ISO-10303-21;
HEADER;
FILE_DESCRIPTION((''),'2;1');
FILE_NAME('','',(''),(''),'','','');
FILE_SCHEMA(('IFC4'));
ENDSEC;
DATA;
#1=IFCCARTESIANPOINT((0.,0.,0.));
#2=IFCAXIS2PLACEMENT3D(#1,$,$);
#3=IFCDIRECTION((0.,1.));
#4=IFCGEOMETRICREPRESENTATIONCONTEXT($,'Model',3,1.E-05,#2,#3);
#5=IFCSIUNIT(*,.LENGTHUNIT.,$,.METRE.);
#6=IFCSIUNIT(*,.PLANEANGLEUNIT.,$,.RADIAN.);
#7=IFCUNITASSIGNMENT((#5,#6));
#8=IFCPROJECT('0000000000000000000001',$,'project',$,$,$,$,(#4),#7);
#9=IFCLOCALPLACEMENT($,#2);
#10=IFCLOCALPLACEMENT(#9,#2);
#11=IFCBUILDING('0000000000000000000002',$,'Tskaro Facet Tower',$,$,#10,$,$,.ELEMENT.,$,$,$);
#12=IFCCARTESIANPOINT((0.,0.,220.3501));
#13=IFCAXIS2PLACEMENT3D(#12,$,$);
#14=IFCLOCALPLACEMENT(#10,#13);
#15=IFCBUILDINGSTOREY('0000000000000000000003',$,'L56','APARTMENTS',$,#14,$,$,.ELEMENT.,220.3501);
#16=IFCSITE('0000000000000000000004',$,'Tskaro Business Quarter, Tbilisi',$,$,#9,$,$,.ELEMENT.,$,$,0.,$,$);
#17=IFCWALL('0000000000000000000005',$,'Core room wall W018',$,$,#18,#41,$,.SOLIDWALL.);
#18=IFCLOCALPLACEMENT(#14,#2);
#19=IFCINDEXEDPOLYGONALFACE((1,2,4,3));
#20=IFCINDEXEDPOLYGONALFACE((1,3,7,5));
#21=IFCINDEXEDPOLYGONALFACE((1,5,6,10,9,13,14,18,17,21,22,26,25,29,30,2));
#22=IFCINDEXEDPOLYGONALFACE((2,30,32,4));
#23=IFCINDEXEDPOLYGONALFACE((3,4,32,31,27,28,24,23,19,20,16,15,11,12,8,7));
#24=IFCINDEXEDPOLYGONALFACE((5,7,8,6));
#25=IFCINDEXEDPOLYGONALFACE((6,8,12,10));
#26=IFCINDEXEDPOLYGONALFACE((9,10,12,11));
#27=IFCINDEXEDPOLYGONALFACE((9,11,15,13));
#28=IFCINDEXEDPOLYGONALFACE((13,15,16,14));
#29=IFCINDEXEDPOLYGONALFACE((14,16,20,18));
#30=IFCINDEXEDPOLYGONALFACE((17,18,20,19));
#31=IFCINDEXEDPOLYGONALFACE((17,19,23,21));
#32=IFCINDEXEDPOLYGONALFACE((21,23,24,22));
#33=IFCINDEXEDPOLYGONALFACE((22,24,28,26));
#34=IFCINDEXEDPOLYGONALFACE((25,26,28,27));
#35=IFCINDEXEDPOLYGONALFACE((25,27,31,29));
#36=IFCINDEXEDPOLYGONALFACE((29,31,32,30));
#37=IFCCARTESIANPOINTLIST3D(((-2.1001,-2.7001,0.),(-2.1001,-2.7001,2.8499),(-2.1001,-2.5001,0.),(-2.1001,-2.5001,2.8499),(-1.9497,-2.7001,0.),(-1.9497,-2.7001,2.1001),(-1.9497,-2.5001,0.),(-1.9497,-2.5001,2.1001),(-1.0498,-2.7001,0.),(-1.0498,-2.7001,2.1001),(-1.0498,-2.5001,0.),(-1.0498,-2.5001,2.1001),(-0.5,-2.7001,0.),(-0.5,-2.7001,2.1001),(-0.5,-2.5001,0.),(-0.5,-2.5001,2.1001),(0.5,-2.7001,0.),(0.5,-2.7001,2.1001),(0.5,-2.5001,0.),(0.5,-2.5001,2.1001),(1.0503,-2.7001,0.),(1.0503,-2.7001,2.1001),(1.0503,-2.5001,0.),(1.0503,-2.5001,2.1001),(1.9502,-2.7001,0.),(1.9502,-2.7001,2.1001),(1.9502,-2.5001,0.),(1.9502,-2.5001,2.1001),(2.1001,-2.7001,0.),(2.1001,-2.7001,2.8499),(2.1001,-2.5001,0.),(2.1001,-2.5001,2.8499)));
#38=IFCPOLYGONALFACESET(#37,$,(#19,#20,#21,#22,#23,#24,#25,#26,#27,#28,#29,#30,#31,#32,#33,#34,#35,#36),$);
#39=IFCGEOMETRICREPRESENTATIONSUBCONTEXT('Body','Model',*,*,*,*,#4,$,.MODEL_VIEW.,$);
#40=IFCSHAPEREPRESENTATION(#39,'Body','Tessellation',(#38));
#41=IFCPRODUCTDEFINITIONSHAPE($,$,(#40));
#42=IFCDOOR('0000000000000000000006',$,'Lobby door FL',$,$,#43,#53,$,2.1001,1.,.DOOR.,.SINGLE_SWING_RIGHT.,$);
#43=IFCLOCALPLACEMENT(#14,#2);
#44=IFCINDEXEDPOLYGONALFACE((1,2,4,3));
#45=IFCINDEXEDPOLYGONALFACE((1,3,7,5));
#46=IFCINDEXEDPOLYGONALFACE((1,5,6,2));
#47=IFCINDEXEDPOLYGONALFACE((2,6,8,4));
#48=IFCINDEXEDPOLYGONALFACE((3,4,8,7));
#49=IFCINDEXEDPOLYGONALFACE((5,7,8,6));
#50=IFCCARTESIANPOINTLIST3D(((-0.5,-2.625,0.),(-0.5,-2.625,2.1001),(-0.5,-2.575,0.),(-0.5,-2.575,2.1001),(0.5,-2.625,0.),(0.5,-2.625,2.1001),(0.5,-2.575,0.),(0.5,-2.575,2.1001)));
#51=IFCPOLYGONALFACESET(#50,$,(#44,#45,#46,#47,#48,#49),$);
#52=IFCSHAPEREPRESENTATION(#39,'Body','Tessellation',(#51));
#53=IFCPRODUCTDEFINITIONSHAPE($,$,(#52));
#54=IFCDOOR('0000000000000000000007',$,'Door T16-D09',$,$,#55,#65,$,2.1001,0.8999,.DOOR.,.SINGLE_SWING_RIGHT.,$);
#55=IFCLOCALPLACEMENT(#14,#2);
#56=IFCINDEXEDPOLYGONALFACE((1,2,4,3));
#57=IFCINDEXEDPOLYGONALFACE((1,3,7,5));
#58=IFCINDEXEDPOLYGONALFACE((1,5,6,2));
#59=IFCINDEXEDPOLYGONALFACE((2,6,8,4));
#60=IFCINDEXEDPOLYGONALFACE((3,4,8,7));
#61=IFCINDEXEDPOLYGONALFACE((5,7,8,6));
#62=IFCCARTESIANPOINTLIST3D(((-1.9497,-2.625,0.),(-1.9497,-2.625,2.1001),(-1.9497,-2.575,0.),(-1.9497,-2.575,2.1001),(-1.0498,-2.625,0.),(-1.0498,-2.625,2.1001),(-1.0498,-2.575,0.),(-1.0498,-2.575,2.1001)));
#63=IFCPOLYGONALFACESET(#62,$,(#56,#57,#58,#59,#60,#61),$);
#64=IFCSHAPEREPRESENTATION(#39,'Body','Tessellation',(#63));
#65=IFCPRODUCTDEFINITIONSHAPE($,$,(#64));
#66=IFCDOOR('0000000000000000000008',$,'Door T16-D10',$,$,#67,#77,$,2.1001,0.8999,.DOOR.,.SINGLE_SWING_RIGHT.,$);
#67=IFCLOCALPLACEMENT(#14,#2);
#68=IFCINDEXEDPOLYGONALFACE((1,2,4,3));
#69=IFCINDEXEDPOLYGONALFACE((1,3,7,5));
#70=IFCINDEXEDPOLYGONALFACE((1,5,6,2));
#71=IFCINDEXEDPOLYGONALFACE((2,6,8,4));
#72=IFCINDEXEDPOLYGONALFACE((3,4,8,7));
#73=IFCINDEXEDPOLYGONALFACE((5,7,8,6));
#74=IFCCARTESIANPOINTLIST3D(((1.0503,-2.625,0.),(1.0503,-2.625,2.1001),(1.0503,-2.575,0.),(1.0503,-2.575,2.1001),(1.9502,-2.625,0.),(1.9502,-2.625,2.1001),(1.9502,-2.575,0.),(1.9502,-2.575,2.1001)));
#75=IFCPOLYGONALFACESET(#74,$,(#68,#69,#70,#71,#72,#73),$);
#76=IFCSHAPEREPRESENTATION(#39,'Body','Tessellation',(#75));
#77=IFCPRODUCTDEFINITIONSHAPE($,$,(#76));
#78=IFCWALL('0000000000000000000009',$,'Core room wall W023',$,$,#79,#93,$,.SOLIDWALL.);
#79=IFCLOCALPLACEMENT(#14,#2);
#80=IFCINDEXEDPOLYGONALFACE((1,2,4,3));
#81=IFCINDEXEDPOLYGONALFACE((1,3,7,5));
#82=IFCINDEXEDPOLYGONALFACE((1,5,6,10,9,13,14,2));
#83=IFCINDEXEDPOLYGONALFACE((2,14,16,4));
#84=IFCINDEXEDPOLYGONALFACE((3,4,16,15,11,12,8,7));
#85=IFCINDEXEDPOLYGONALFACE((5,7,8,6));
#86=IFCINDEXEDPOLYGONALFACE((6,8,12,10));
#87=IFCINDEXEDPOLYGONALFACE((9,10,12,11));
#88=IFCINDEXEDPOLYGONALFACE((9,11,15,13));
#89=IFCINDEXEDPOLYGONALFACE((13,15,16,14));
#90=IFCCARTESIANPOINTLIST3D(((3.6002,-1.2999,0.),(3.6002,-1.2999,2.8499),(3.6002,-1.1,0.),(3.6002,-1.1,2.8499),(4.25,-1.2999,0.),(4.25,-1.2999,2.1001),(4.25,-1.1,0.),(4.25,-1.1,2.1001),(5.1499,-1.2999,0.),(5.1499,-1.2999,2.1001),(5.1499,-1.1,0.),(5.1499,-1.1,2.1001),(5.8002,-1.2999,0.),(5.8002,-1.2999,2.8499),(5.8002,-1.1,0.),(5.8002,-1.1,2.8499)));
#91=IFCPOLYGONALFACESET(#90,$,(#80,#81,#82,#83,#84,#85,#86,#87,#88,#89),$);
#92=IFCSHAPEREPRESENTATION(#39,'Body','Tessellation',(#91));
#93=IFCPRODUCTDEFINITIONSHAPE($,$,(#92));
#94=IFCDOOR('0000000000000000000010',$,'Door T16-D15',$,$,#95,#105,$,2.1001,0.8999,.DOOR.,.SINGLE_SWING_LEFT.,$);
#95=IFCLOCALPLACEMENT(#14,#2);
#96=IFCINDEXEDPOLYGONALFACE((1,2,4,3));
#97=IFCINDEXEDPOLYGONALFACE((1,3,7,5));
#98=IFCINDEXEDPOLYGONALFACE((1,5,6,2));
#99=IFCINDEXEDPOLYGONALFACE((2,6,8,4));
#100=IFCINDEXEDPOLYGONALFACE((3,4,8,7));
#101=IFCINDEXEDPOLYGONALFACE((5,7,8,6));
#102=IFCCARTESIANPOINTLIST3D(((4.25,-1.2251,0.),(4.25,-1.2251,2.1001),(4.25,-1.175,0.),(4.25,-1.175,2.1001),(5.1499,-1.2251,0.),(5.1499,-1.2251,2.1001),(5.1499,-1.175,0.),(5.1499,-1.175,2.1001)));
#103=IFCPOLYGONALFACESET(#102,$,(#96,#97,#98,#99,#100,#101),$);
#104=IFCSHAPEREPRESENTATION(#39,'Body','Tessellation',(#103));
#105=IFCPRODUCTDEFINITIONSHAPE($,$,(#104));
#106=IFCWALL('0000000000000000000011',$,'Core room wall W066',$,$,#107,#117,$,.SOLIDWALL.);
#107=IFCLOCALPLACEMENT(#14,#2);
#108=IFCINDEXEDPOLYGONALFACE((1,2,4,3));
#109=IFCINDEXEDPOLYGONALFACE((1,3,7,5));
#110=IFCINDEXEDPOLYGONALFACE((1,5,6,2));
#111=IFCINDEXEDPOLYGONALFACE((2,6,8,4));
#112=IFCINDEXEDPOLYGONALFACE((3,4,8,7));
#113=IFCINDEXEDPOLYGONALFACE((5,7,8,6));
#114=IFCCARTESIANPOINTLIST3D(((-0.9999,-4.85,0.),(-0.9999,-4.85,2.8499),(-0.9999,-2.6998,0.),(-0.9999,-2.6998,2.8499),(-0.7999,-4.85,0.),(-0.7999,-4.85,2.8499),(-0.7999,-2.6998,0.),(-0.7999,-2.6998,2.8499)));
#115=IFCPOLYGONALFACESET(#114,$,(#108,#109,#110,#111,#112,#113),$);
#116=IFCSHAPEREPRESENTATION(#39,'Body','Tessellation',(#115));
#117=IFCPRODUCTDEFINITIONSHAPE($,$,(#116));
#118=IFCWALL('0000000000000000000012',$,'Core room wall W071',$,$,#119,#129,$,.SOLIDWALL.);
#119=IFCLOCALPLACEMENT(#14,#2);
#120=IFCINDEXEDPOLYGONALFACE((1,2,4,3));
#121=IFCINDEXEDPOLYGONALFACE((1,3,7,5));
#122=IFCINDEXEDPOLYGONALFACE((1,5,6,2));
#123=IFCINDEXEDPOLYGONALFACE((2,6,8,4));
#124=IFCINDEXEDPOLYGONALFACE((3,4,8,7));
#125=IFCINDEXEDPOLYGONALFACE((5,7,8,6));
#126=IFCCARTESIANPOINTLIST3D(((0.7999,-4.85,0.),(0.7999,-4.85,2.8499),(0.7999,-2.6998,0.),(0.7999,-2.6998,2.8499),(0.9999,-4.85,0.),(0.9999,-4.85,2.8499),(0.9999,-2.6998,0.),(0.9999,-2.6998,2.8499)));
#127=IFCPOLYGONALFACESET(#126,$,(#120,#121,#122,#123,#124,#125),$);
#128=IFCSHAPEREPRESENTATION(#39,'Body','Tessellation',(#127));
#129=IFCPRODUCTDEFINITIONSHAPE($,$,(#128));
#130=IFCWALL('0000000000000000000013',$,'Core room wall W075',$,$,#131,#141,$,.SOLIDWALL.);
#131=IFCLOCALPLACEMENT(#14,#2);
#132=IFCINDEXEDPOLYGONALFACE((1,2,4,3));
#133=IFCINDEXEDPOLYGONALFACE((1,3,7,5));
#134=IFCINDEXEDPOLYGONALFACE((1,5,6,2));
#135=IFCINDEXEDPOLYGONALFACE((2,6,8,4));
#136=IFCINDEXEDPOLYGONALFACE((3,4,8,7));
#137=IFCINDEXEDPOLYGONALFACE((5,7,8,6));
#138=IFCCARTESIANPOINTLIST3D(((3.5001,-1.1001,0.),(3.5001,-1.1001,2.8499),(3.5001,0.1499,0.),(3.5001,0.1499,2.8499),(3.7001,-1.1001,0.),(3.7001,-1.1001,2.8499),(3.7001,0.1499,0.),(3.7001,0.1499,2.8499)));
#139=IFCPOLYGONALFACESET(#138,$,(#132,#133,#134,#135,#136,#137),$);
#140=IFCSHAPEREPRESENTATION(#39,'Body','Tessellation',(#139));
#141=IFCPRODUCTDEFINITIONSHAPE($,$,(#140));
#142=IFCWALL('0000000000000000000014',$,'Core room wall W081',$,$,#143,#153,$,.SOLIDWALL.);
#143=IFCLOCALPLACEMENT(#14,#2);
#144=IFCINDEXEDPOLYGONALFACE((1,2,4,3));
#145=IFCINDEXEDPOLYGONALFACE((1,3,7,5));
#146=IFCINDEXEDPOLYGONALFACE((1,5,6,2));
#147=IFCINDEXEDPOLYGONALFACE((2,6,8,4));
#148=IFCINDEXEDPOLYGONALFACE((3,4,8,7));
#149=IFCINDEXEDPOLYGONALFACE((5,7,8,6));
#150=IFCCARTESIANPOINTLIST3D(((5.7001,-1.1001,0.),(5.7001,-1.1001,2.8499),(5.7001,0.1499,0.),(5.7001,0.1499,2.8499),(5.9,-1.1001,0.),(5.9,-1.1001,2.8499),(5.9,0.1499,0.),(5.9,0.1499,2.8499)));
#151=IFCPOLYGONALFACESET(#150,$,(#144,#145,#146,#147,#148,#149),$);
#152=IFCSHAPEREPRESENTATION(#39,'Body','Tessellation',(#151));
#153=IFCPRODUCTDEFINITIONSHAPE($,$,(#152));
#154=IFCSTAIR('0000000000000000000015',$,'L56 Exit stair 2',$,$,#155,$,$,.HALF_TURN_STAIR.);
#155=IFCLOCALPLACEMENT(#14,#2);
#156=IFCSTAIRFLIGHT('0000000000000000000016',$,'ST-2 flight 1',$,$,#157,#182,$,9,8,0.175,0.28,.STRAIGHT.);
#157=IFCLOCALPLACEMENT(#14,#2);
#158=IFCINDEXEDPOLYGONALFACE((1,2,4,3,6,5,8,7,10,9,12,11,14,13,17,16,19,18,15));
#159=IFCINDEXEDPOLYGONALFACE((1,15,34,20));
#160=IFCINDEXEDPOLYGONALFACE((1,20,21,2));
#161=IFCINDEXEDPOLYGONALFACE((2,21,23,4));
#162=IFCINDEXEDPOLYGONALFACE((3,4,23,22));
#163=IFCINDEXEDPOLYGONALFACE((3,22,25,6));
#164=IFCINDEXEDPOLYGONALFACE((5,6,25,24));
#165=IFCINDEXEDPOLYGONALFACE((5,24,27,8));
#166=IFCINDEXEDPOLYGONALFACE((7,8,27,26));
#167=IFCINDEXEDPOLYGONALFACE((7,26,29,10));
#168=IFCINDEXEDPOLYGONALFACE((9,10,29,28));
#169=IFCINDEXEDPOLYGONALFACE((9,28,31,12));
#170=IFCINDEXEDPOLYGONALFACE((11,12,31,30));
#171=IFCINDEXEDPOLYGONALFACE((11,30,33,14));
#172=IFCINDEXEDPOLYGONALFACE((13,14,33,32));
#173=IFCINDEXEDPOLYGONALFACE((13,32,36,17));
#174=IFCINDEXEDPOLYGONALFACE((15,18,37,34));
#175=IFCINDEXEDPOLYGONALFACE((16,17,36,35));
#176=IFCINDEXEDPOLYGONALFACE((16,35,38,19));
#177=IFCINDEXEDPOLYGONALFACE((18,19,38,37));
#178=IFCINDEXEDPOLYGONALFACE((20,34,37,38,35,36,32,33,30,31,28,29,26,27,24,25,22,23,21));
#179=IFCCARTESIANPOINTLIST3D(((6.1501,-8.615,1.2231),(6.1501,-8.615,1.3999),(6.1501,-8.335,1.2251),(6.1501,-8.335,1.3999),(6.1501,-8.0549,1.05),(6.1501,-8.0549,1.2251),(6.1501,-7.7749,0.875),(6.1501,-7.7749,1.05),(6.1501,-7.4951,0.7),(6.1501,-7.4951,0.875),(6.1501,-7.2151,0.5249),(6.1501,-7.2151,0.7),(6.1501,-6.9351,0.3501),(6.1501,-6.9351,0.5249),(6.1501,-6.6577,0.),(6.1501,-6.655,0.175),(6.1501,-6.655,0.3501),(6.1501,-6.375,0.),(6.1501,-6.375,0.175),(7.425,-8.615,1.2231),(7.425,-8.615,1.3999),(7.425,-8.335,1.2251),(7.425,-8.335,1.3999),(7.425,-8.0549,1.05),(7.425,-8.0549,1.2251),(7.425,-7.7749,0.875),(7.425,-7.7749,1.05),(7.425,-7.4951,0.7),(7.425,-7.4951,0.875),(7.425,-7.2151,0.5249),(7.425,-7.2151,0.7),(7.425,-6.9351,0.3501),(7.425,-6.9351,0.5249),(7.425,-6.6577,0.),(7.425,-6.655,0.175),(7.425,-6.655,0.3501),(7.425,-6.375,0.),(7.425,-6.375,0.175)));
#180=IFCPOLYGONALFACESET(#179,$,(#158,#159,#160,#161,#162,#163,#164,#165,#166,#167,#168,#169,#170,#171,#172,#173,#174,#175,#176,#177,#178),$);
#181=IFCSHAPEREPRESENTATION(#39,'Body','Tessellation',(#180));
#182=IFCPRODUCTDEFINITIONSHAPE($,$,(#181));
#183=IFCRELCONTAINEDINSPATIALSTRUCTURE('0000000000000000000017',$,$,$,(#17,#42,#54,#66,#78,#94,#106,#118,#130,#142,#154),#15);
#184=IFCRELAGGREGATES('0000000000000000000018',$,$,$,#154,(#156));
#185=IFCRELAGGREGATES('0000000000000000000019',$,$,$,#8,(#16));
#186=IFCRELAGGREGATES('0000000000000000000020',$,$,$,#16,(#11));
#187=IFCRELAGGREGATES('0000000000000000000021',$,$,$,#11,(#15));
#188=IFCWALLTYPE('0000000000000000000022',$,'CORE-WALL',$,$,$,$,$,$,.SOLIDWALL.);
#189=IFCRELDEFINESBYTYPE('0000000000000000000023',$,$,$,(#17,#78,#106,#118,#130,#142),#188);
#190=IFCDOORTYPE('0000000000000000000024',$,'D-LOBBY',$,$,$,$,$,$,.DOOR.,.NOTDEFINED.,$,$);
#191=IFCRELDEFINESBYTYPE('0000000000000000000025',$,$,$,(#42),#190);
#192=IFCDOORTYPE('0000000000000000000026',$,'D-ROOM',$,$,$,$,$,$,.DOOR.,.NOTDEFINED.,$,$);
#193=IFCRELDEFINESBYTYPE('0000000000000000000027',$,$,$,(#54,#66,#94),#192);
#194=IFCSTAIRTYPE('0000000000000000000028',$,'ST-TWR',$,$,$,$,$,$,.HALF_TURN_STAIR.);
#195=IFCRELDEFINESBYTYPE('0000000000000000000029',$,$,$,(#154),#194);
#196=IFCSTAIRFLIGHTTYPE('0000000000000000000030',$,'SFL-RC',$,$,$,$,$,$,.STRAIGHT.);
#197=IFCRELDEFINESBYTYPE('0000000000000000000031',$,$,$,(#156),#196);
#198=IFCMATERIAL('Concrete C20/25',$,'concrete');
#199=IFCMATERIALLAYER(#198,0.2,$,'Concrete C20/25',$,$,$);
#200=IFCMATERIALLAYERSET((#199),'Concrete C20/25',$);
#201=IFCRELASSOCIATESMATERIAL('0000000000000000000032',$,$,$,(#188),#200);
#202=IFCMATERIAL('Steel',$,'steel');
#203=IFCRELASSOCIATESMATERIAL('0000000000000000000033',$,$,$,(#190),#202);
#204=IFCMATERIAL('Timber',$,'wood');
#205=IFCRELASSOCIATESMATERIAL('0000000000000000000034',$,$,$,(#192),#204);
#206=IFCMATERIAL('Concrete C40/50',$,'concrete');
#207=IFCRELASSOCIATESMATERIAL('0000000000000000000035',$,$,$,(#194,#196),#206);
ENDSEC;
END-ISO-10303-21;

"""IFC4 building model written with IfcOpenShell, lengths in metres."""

from ifc_helpers import new_model, si_unit, direction, frame, frame_2d, origin, place, context, subcontext, project, spatial, polyline, rectangle, outline, extrude, material, layer, layer_set, type_object, element, fill, aggregate, save


model = new_model("IFC4")

# Units and contexts
model_context = context("Model", 3, precision=1e-05, world=origin(), true_north=direction((0.0, 1.0)))
body_context = subcontext(model_context, "Body", "Model", "MODEL_VIEW")
ifc_project = project(units=[si_unit("LENGTHUNIT", "METRE"), si_unit("PLANEANGLEUNIT", "RADIAN")], contexts=[model_context])

# Site, building, storey
site_placement = place(None, origin())
site = spatial("IfcSite", under=ifc_project, at=site_placement, Name="Tskaro Business Quarter, Tbilisi", CompositionType="ELEMENT", RefElevation=0.0)
building_placement = place(site_placement, origin())
building = spatial("IfcBuilding", under=site, at=building_placement, Name="Tskaro Facet Tower", CompositionType="ELEMENT")
storey_placement = place(building_placement, frame((0.0, 0.0, 220.3501)))
storey = spatial("IfcBuildingStorey", under=building, at=storey_placement, Name="L56", Description="APARTMENTS", CompositionType="ELEMENT", Elevation=220.3501)

# Shared definitions
ifc_material_1 = material(Name="Steel", Category="steel")

# Shared definitions
ifc_material_2 = material(Name="Concrete C20/25", Category="concrete")
ifc_layer_1 = layer(ifc_material_2, 0.2, Name="Concrete C20/25")
ifc_layer_set_1 = layer_set([ifc_layer_1], Name="Concrete C20/25")
wall_type_1 = type_object("IfcWallType", Name="CORE-WALL", PredefinedType="SOLIDWALL", material=ifc_layer_set_1)

# Wall, openings, doors
wall_1_placement = place(storey_placement, frame((2.1001, -2.6001, 0.0), z_axis=(0.0, 0.0, 1.0), x_axis=(-1.0, 0.0, 0.0)))
wall_1 = element("IfcWall", 1, at=wall_1_placement, inside=storey, type_object=wall_type_1, Name="Core room wall W018", PredefinedType="SOLIDWALL", context=body_context, shape_type="SweptSolid", body=[
    extrude(rectangle(XDim=4.2002, YDim=0.2, at=frame_2d((2.1001, 0.0))), origin(), (0.0, 0.0, 1.0), 2.8499),
])
opening_1_placement = place(wall_1_placement, frame((1.6001, 0.0, 0.0)))
opening_1 = element("IfcOpeningElement", 2, at=opening_1_placement, cuts=wall_1, PredefinedType="OPENING", context=body_context, shape_type="SweptSolid", body=[
    extrude(rectangle(XDim=1.0, YDim=2.1001, at=frame_2d((0.5, 1.05))), frame((0.0, 0.1099, 0.0), z_axis=(0.0, -1.0, 0.0), x_axis=(1.0, 0.0, 0.0)), (0.0, 0.0, 1.0), 0.22),
])
opening_2_placement = place(wall_1_placement, frame((3.1499, 0.0, 0.0)))
opening_2 = element("IfcOpeningElement", 3, at=opening_2_placement, cuts=wall_1, PredefinedType="OPENING", context=body_context, shape_type="SweptSolid", body=[
    extrude(rectangle(XDim=0.8999, YDim=2.1001, at=frame_2d((0.45, 1.05))), frame((0.0, 0.1099, 0.0), z_axis=(0.0, -1.0, 0.0), x_axis=(1.0, 0.0, 0.0)), (0.0, 0.0, 1.0), 0.22),
])
opening_3_placement = place(wall_1_placement, frame((0.1499, 0.0, 0.0)))
opening_3 = element("IfcOpeningElement", 4, at=opening_3_placement, cuts=wall_1, PredefinedType="OPENING", context=body_context, shape_type="SweptSolid", body=[
    extrude(rectangle(XDim=0.8999, YDim=2.1001, at=frame_2d((0.45, 1.05))), frame((0.0, 0.1099, 0.0), z_axis=(0.0, -1.0, 0.0), x_axis=(1.0, 0.0, 0.0)), (0.0, 0.0, 1.0), 0.22),
])
door_type_1 = type_object("IfcDoorType", Name="D-LOBBY", OperationType="NOTDEFINED", PredefinedType="DOOR", material=ifc_material_1)
door_1_placement = place(opening_1_placement, origin())
door_1 = element("IfcDoor", 5, at=door_1_placement, inside=storey, type_object=door_type_1, Name="Lobby door FL", OperationType="SINGLE_SWING_RIGHT", OverallHeight=2.1001, OverallWidth=1.0, PredefinedType="DOOR", context=body_context, shape_type="SweptSolid", body=[
    extrude(rectangle(XDim=1.0, YDim=2.1001, at=frame_2d((0.5, 1.05))), frame((0.0, 0.0249, 0.0), z_axis=(0.0, -1.0, 0.0), x_axis=(1.0, 0.0, 0.0)), (0.0, 0.0, 1.0), 0.05),
])
fill(opening_1, door_1)
ifc_material_3 = material(Name="Timber", Category="wood")
door_type_2 = type_object("IfcDoorType", Name="D-ROOM", OperationType="NOTDEFINED", PredefinedType="DOOR", material=ifc_material_3)
door_2_placement = place(opening_2_placement, origin())
door_2 = element("IfcDoor", 6, at=door_2_placement, inside=storey, type_object=door_type_2, Name="Door T16-D09", OperationType="SINGLE_SWING_RIGHT", OverallHeight=2.1001, OverallWidth=0.8999, PredefinedType="DOOR", context=body_context, shape_type="SweptSolid", body=[
    extrude(rectangle(XDim=0.8999, YDim=2.1001, at=frame_2d((0.45, 1.05))), frame((0.0, 0.0249, 0.0), z_axis=(0.0, -1.0, 0.0), x_axis=(1.0, 0.0, 0.0)), (0.0, 0.0, 1.0), 0.05),
])
fill(opening_2, door_2)
door_3_placement = place(opening_3_placement, origin())
door_3 = element("IfcDoor", 7, at=door_3_placement, inside=storey, type_object=door_type_2, Name="Door T16-D10", OperationType="SINGLE_SWING_RIGHT", OverallHeight=2.1001, OverallWidth=0.8999, PredefinedType="DOOR", context=body_context, shape_type="SweptSolid", body=[
    extrude(rectangle(XDim=0.8999, YDim=2.1001, at=frame_2d((0.45, 1.05))), frame((0.0, 0.0249, 0.0), z_axis=(0.0, -1.0, 0.0), x_axis=(1.0, 0.0, 0.0)), (0.0, 0.0, 1.0), 0.05),
])
fill(opening_3, door_3)

# Wall, opening, door
wall_2_placement = place(storey_placement, frame((3.6001, -1.2, 0.0), z_axis=(0.0, 0.0, 1.0), x_axis=(1.0, 0.0, 0.0)))
wall_2 = element("IfcWall", 8, at=wall_2_placement, inside=storey, type_object=wall_type_1, Name="Core room wall W023", PredefinedType="SOLIDWALL", context=body_context, shape_type="SweptSolid", body=[
    extrude(rectangle(XDim=2.2, YDim=0.2, at=frame_2d((1.1001, 0.0))), origin(), (0.0, 0.0, 1.0), 2.8499),
])
opening_4_placement = place(wall_2_placement, frame((0.6499, 0.0, 0.0)))
opening_4 = element("IfcOpeningElement", 9, at=opening_4_placement, cuts=wall_2, PredefinedType="OPENING", context=body_context, shape_type="SweptSolid", body=[
    extrude(rectangle(XDim=0.8999, YDim=2.1001, at=frame_2d((0.45, 1.05))), frame((0.0, 0.1099, 0.0), z_axis=(0.0, -1.0, 0.0), x_axis=(1.0, 0.0, 0.0)), (0.0, 0.0, 1.0), 0.22),
])
door_4_placement = place(opening_4_placement, origin())
door_4 = element("IfcDoor", 10, at=door_4_placement, inside=storey, type_object=door_type_2, Name="Door T16-D15", OperationType="SINGLE_SWING_LEFT", OverallHeight=2.1001, OverallWidth=0.8999, PredefinedType="DOOR", context=body_context, shape_type="SweptSolid", body=[
    extrude(rectangle(XDim=0.8999, YDim=2.1001, at=frame_2d((0.45, 1.05))), frame((0.0, 0.0249, 0.0), z_axis=(0.0, -1.0, 0.0), x_axis=(1.0, 0.0, 0.0)), (0.0, 0.0, 1.0), 0.05),
])
fill(opening_4, door_4)

# Walls
for number, where, z_axis, x_axis, name in (
    (11, (-0.8999, -4.8501, 0.0), (0.0, 0.0, 1.0), (0.0, 1.0, 0.0), "Core room wall W066"),
    (12, (0.8999, -4.8501, 0.0), (0.0, 0.0, 1.0), (0.0, 1.0, 0.0), "Core room wall W071"),
):
    element("IfcWall", number, at=place(storey_placement, frame(where, z_axis=z_axis, x_axis=x_axis)), inside=storey, type_object=wall_type_1, Name=name, PredefinedType="SOLIDWALL", context=body_context, shape_type="SweptSolid", body=[
        extrude(rectangle(XDim=2.1501, YDim=0.2, at=frame_2d((1.0752, 0.0))), origin(), (0.0, 0.0, 1.0), 2.8499),
    ])
for number, where, z_axis, x_axis, name in (
    (13, (3.6001, -1.1001, 0.0), (0.0, 0.0, 1.0), (0.0, 1.0, 0.0), "Core room wall W075"),
    (14, (5.8, -1.1001, 0.0), (0.0, 0.0, 1.0), (0.0, 1.0, 0.0), "Core room wall W081"),
):
    element("IfcWall", number, at=place(storey_placement, frame(where, z_axis=z_axis, x_axis=x_axis)), inside=storey, type_object=wall_type_1, Name=name, PredefinedType="SOLIDWALL", context=body_context, shape_type="SweptSolid", body=[
        extrude(rectangle(XDim=1.25, YDim=0.2, at=frame_2d((0.625, 0.0))), origin(), (0.0, 0.0, 1.0), 2.8499),
    ])

# Stair, stair flight
ifc_material_4 = material(Name="Concrete C40/50", Category="concrete")
stair_type = type_object("IfcStairType", Name="ST-TWR", PredefinedType="HALF_TURN_STAIR", material=ifc_material_4)
stair_placement = place(storey_placement, origin())
stair = element("IfcStair", 15, at=stair_placement, inside=storey, type_object=stair_type, Name="L56 Exit stair 2", PredefinedType="HALF_TURN_STAIR")
stair_flight_type = type_object("IfcStairFlightType", Name="SFL-RC", PredefinedType="STRAIGHT", material=ifc_material_4)
stair_flight_placement = place(storey_placement, frame((6.7876, -6.375, 0.0), z_axis=(0.0, 0.0, 1.0), x_axis=(0.0, -1.0, 0.0)))
stair_flight = element("IfcStairFlight", 16, at=stair_flight_placement, type_object=stair_flight_type, Name="ST-2 flight 1", NumberOfRisers=9, NumberOfTreads=8, PredefinedType="STRAIGHT", RiserHeight=0.175, TreadLength=0.28, context=body_context, shape_type="SweptSolid", body=[
    extrude(outline(polyline([(0.0, 0.0), (0.0, 0.175), (0.28, 0.175), (0.28, 0.3501), (0.5601, 0.3501), (0.5601, 0.5249), (0.8401, 0.5249), (0.8401, 0.7), (1.1201, 0.7), (1.1201, 0.875), (1.3999, 0.875), (1.3999, 1.05), (1.6799, 1.05), (1.6799, 1.2251), (1.96, 1.2251), (1.96, 1.3999), (2.24, 1.3999), (2.24, 1.575), (2.24, 1.2231), (0.2827, 0.0), (0.0, 0.0)])), frame((0.0, 0.6375, 0.0), z_axis=(0.0, -1.0, 0.0), x_axis=(1.0, 0.0, 0.0)), (0.0, 0.0, 1.0), 1.2749),
])
aggregate(stair, [stair_flight])

save(model, "model.ifc")
